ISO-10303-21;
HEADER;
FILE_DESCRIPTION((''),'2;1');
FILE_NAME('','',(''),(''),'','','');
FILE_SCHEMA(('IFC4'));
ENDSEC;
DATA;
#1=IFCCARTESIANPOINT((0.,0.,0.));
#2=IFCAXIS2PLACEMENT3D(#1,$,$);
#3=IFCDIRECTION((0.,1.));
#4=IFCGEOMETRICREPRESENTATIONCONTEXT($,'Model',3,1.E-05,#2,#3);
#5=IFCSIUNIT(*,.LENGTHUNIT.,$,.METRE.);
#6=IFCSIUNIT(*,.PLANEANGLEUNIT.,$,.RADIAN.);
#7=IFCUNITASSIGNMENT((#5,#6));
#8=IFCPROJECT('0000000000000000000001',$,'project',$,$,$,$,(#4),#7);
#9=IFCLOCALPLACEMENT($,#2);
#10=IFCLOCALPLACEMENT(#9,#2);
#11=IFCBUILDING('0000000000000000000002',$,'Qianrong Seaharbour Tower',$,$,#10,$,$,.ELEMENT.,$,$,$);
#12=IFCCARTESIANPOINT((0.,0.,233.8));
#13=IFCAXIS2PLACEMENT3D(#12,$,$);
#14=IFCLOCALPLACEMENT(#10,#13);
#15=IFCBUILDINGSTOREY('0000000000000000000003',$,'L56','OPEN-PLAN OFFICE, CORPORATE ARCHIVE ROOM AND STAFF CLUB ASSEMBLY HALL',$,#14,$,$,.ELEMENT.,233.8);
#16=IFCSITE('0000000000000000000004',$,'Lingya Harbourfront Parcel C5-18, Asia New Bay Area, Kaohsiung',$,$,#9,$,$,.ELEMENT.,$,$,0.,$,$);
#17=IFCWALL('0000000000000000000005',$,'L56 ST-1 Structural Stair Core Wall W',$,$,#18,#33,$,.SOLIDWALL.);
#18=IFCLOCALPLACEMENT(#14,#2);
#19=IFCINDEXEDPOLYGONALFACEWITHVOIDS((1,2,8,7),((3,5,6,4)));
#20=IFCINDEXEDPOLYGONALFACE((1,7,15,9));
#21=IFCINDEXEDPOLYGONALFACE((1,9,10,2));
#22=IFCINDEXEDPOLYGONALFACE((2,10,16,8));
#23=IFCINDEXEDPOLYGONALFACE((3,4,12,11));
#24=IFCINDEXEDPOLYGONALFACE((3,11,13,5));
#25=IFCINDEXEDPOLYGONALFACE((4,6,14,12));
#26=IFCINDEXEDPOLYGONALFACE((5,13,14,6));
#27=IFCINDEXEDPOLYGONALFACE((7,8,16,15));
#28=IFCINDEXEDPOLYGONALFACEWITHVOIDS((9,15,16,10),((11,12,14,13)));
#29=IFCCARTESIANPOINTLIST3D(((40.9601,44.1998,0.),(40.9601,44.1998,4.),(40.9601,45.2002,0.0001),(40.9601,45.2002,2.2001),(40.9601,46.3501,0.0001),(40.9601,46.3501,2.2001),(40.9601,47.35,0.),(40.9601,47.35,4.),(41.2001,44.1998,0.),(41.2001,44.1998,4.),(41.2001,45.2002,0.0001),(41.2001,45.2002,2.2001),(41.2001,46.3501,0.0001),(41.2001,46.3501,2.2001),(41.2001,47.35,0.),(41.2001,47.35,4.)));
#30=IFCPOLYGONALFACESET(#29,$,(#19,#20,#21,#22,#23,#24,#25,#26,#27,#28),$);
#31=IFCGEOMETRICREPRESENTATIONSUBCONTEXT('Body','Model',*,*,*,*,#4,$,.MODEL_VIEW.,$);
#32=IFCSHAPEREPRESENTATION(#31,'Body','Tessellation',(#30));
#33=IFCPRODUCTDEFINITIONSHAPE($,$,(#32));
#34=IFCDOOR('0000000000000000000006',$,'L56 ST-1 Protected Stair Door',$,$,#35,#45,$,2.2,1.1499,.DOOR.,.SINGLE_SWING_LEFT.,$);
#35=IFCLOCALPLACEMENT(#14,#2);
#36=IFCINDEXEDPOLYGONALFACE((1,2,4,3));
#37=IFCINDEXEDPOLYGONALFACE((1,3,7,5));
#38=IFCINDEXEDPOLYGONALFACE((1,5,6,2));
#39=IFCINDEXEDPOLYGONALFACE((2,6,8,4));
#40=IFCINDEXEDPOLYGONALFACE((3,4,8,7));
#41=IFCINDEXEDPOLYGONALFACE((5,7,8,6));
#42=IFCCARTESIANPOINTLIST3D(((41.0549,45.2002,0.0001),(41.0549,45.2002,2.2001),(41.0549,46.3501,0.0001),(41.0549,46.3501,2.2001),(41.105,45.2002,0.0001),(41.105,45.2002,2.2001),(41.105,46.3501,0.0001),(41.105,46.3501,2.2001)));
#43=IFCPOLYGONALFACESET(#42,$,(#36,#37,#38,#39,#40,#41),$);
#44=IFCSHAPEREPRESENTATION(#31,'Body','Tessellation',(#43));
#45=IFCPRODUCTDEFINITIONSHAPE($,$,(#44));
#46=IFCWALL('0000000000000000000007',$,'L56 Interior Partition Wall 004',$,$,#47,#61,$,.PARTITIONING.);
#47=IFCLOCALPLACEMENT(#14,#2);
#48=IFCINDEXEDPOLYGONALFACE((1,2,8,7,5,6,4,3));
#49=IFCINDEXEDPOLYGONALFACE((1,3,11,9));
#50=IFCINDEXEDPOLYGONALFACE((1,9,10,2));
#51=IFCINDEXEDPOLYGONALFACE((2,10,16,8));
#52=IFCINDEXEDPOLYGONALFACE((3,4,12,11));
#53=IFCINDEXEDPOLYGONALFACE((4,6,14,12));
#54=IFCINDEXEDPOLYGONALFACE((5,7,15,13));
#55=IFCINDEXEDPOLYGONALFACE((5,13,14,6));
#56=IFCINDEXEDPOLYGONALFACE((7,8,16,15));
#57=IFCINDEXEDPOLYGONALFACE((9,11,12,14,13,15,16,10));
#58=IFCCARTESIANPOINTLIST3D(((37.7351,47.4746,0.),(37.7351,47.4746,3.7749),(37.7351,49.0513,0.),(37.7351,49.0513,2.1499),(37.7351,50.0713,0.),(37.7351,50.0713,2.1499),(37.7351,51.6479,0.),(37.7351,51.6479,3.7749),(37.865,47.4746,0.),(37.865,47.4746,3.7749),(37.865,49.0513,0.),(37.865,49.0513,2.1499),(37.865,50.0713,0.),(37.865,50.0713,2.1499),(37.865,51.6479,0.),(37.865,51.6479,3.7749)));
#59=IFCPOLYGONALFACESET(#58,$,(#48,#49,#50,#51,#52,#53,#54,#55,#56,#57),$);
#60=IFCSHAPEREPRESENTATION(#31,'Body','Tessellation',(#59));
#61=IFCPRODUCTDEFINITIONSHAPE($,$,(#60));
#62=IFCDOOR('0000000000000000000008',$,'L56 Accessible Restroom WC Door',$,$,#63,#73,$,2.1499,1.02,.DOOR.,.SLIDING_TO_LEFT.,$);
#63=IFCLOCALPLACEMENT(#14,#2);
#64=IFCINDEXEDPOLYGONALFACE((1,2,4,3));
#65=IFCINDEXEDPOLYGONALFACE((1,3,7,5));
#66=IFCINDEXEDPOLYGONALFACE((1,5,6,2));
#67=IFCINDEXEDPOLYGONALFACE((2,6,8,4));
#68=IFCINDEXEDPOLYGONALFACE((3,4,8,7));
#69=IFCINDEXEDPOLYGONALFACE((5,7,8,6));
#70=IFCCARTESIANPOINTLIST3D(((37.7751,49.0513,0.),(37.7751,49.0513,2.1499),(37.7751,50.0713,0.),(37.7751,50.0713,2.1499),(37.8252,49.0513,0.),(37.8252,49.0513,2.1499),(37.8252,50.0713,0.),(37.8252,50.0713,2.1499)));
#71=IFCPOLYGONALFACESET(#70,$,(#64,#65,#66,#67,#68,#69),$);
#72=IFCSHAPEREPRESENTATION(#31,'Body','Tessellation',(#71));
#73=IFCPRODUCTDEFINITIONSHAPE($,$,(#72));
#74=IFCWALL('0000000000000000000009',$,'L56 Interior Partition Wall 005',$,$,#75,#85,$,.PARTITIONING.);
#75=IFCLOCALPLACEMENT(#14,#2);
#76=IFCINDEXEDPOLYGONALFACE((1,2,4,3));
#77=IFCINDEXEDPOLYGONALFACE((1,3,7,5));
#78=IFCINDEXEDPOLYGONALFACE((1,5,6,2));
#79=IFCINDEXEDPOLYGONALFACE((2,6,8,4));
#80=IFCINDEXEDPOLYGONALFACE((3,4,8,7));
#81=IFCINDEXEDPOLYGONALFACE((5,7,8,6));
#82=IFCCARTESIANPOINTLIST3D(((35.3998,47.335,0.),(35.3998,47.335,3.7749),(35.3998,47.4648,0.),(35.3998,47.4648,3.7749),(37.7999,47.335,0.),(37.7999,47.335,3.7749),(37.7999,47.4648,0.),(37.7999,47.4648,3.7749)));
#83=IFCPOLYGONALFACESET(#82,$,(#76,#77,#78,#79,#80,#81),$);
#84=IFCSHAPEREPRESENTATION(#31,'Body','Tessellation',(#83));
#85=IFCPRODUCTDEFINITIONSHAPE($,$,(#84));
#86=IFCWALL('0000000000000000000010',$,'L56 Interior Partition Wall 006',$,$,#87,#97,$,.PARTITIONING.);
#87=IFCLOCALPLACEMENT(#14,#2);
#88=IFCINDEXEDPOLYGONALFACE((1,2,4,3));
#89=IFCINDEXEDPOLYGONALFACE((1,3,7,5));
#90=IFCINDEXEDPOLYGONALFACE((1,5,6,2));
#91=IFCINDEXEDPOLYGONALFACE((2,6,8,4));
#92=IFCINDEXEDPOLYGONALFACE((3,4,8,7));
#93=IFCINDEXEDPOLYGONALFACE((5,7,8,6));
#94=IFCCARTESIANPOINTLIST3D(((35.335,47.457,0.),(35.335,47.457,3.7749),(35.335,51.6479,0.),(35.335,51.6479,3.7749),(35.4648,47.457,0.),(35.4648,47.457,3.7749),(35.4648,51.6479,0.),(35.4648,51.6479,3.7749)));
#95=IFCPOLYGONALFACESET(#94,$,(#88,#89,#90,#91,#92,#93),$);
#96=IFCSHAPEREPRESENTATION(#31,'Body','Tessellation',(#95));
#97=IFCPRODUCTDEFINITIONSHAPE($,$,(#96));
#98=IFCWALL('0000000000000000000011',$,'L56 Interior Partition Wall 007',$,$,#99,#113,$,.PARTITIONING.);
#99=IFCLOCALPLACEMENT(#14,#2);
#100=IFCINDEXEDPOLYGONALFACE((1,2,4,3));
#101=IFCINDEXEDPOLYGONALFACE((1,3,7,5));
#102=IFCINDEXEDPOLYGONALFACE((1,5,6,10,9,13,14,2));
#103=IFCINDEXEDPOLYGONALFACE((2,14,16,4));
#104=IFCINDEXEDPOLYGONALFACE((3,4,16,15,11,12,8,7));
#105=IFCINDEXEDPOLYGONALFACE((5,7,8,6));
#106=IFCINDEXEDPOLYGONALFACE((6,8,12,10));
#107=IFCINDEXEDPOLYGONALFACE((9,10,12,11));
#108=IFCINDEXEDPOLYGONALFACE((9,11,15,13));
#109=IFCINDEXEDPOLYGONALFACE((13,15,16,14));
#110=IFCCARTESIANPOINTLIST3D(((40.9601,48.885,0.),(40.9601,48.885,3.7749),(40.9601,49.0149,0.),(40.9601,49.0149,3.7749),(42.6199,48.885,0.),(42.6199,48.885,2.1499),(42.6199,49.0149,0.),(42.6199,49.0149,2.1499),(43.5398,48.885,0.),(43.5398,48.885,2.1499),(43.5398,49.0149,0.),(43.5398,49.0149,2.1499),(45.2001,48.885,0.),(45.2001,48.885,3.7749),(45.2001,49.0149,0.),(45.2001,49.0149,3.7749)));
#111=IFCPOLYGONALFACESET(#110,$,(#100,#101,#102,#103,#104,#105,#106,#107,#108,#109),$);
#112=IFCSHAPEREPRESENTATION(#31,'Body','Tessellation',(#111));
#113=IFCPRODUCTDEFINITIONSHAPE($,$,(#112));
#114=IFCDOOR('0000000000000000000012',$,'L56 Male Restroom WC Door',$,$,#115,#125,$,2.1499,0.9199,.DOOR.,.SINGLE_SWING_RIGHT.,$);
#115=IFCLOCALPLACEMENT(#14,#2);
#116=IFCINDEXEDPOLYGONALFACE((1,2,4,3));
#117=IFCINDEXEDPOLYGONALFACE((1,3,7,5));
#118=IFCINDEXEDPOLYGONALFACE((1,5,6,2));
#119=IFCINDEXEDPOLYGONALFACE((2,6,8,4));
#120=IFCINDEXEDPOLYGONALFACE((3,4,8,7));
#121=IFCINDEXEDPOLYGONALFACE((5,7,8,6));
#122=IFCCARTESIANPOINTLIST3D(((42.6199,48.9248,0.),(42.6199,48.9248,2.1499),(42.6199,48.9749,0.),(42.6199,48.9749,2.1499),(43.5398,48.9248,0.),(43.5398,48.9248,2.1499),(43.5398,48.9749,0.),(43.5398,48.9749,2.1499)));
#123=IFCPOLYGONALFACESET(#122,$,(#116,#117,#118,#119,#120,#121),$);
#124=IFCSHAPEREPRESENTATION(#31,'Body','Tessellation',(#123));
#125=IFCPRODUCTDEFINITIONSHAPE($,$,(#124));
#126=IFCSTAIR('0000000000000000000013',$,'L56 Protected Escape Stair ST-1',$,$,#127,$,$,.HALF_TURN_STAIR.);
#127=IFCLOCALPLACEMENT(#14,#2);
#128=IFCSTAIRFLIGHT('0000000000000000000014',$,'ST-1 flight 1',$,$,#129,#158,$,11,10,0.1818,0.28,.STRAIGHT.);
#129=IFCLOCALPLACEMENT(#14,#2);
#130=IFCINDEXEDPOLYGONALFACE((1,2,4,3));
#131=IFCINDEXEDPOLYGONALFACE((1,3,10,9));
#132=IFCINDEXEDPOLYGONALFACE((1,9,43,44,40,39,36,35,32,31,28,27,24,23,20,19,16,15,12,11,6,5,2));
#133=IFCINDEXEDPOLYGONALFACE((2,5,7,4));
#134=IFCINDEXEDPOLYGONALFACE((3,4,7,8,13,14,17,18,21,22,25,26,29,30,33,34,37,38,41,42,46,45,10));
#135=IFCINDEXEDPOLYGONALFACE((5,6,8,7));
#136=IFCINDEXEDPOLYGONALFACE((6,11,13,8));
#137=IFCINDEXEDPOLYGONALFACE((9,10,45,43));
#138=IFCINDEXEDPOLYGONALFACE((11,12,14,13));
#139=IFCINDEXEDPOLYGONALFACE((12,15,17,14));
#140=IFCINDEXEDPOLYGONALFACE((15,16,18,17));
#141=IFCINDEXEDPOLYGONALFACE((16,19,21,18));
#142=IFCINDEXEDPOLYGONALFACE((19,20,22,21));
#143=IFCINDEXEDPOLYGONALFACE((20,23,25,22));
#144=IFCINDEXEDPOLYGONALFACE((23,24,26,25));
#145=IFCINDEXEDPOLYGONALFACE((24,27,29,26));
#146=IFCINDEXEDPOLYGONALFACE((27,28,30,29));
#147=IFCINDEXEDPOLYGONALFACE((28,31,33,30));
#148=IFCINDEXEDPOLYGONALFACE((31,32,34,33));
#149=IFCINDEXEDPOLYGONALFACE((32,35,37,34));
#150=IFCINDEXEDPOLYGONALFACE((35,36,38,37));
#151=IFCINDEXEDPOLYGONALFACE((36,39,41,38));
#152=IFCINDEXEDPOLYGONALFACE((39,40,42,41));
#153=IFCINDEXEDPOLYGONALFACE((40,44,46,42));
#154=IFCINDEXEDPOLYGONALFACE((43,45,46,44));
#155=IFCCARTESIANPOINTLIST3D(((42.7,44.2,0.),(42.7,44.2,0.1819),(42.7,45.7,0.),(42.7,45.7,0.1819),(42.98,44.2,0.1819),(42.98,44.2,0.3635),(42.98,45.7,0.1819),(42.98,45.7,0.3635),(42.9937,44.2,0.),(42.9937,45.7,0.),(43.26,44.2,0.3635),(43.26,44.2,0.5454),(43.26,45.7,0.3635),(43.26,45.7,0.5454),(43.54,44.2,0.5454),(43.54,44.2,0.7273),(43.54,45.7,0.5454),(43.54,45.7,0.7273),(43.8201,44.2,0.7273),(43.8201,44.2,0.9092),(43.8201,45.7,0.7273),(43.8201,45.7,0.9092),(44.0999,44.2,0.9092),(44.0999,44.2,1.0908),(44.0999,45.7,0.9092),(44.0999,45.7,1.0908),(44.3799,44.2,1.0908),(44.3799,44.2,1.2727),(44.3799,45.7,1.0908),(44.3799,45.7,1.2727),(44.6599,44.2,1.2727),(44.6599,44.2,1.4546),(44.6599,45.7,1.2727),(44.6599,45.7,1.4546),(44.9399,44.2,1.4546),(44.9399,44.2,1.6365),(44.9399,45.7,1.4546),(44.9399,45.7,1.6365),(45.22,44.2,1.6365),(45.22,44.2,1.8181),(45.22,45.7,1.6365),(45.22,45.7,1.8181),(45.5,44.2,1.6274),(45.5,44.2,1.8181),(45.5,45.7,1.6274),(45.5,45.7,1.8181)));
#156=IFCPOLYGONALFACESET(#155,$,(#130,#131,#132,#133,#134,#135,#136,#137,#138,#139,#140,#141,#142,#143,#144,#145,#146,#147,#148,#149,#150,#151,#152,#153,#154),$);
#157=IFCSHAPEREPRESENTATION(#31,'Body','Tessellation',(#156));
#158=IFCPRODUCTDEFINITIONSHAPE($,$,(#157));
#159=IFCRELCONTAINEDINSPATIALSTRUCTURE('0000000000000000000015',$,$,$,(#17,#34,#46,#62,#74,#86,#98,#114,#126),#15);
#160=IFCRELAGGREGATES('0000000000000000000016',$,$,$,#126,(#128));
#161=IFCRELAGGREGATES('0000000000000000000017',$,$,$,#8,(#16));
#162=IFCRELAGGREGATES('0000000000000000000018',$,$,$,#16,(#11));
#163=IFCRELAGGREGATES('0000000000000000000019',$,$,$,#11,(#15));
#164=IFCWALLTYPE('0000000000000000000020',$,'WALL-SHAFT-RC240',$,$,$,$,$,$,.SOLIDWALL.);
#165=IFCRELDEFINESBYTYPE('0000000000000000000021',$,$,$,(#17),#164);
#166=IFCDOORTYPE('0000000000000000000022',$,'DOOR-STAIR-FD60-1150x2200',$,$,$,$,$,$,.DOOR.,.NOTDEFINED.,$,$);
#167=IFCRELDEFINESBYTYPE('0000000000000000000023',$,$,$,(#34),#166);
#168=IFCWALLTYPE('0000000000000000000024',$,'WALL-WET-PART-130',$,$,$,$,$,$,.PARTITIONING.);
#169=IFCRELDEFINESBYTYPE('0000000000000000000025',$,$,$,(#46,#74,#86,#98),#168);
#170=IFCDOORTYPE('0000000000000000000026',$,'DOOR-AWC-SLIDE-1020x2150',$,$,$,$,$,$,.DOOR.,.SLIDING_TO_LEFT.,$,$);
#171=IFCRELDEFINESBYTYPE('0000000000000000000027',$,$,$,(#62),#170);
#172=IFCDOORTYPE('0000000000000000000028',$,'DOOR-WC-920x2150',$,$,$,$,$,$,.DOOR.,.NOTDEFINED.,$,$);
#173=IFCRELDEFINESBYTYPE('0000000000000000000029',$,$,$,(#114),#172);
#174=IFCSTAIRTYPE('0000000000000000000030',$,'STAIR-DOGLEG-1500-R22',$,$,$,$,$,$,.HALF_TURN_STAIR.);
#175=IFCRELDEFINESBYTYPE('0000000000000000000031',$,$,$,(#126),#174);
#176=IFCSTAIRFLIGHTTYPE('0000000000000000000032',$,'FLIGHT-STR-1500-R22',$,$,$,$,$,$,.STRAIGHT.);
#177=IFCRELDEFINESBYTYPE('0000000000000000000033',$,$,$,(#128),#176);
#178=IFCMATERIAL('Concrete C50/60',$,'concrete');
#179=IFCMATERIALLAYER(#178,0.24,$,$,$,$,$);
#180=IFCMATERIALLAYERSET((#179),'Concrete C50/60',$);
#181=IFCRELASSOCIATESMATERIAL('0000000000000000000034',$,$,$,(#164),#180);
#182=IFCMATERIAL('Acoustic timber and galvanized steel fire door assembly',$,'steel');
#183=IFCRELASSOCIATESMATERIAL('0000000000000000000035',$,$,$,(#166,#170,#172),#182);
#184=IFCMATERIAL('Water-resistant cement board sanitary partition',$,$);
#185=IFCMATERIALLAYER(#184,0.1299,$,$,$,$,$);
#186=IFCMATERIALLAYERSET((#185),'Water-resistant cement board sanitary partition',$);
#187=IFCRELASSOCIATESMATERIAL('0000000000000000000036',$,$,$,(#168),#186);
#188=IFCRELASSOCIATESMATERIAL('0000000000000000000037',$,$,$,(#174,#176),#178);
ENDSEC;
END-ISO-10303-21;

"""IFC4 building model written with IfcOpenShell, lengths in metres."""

from ifc_helpers import new_model, si_unit, direction, frame, frame_2d, origin, place, context, subcontext, project, spatial, polyline, rectangle, outline, extrude, material, layer, layer_set, type_object, element, fill, aggregate, save


model = new_model("IFC4")

# Units and contexts
model_context = context("Model", 3, precision=1e-05, world=origin(), true_north=direction((0.0, 1.0)))
body_context = subcontext(model_context, "Body", "Model", "MODEL_VIEW")
ifc_project = project(units=[si_unit("LENGTHUNIT", "METRE"), si_unit("PLANEANGLEUNIT", "RADIAN")], contexts=[model_context])

# Site, building, storey
site_placement = place(None, origin())
site = spatial("IfcSite", under=ifc_project, at=site_placement, Name="Lingya Harbourfront Parcel C5-18, Asia New Bay Area, Kaohsiung", CompositionType="ELEMENT", RefElevation=0.0)
building_placement = place(site_placement, origin())
building = spatial("IfcBuilding", under=site, at=building_placement, Name="Qianrong Seaharbour Tower", CompositionType="ELEMENT")
storey_placement = place(building_placement, frame((0.0, 0.0, 233.8)))
storey = spatial("IfcBuildingStorey", under=building, at=storey_placement, Name="L56", Description="OPEN-PLAN OFFICE, CORPORATE ARCHIVE ROOM AND STAFF CLUB ASSEMBLY HALL", CompositionType="ELEMENT", Elevation=233.8)

# Shared definitions
ifc_material_1 = material(Name="Acoustic timber and galvanized steel fire door assembly", Category="steel")

# Shared definitions
ifc_material_2 = material(Name="Concrete C50/60", Category="concrete")
ifc_layer_1 = layer(ifc_material_2, 0.24)
ifc_layer_set_1 = layer_set([ifc_layer_1], Name="Concrete C50/60")
wall_type_1 = type_object("IfcWallType", Name="WALL-SHAFT-RC240", PredefinedType="SOLIDWALL", material=ifc_layer_set_1)

# Walls, openings, doors
wall_1_placement = place(storey_placement, frame((41.0801, 47.3501, 0.0), z_axis=(0.0, 0.0, 1.0), x_axis=(0.0, -1.0, 0.0)))
wall_1 = element("IfcWall", 1, at=wall_1_placement, inside=storey, type_object=wall_type_1, Name="L56 ST-1 Structural Stair Core Wall W", PredefinedType="SOLIDWALL", context=body_context, shape_type="SweptSolid", body=[
    extrude(rectangle(XDim=3.1501, YDim=0.24, at=frame_2d((1.5752, 0.0))), origin(), (0.0, 0.0, 1.0), 4.0),
])
opening_1_placement = place(wall_1_placement, frame((1.0, 0.0, 0.0)))
opening_1 = element("IfcOpeningElement", 2, at=opening_1_placement, cuts=wall_1, PredefinedType="OPENING", context=body_context, shape_type="SweptSolid", body=[
    extrude(rectangle(XDim=1.1499, YDim=2.2, at=frame_2d((0.575, 1.1001))), frame((0.0, 0.1299, 0.0), z_axis=(0.0, -1.0, 0.0), x_axis=(1.0, 0.0, 0.0)), (0.0, 0.0, 1.0), 0.26),
])
door_type_1 = type_object("IfcDoorType", Name="DOOR-STAIR-FD60-1150x2200", OperationType="NOTDEFINED", PredefinedType="DOOR", material=ifc_material_1)
door_1_placement = place(opening_1_placement, origin())
door_1 = element("IfcDoor", 3, at=door_1_placement, inside=storey, type_object=door_type_1, Name="L56 ST-1 Protected Stair Door", OperationType="SINGLE_SWING_LEFT", OverallHeight=2.2, OverallWidth=1.1499, PredefinedType="DOOR", context=body_context, shape_type="SweptSolid", body=[
    extrude(rectangle(XDim=1.1499, YDim=2.2, at=frame_2d((0.575, 1.1001))), frame((0.0, 0.0249, 0.0), z_axis=(0.0, -1.0, 0.0), x_axis=(1.0, 0.0, 0.0)), (0.0, 0.0, 1.0), 0.05),
])
fill(opening_1, door_1)
ifc_material_3 = material(Name="Water-resistant cement board sanitary partition")
ifc_layer_2 = layer(ifc_material_3, 0.1299)
ifc_layer_set_2 = layer_set([ifc_layer_2], Name="Water-resistant cement board sanitary partition")
wall_type_2 = type_object("IfcWallType", Name="WALL-WET-PART-130", PredefinedType="PARTITIONING", material=ifc_layer_set_2)
wall_2_placement = place(storey_placement, frame((37.8, 47.4746, 0.0), z_axis=(0.0, 0.0, 1.0), x_axis=(0.0, 1.0, 0.0)))
wall_2 = element("IfcWall", 4, at=wall_2_placement, inside=storey, type_object=wall_type_2, Name="L56 Interior Partition Wall 004", PredefinedType="PARTITIONING", context=body_context, shape_type="SweptSolid", body=[
    extrude(rectangle(XDim=4.1733, YDim=0.1299, at=frame_2d((2.0867, 0.0))), origin(), (0.0, 0.0, 1.0), 3.7749),
])
opening_2_placement = place(wall_2_placement, frame((1.5767, 0.0, 0.0)))
opening_2 = element("IfcOpeningElement", 5, at=opening_2_placement, cuts=wall_2, PredefinedType="OPENING", context=body_context, shape_type="SweptSolid", body=[
    extrude(rectangle(XDim=1.02, YDim=2.1499, at=frame_2d((0.51, 1.075))), frame((0.0, 0.075, 0.0), z_axis=(0.0, -1.0, 0.0), x_axis=(1.0, 0.0, 0.0)), (0.0, 0.0, 1.0), 0.1499),
])
door_type_2 = type_object("IfcDoorType", Name="DOOR-AWC-SLIDE-1020x2150", OperationType="SLIDING_TO_LEFT", PredefinedType="DOOR", material=ifc_material_1)
door_2_placement = place(opening_2_placement, origin())
door_2 = element("IfcDoor", 6, at=door_2_placement, inside=storey, type_object=door_type_2, Name="L56 Accessible Restroom WC Door", OperationType="SLIDING_TO_LEFT", OverallHeight=2.1499, OverallWidth=1.02, PredefinedType="DOOR", context=body_context, shape_type="SweptSolid", body=[
    extrude(rectangle(XDim=1.02, YDim=2.1499, at=frame_2d((0.51, 1.075))), frame((0.0, 0.0249, 0.0), z_axis=(0.0, -1.0, 0.0), x_axis=(1.0, 0.0, 0.0)), (0.0, 0.0, 1.0), 0.05),
])
fill(opening_2, door_2)

# Walls
wall_3_placement = place(storey_placement, frame((37.8, 47.3999, 0.0), z_axis=(0.0, 0.0, 1.0), x_axis=(-1.0, 0.0, 0.0)))
element("IfcWall", 7, at=wall_3_placement, inside=storey, type_object=wall_type_2, Name="L56 Interior Partition Wall 005", PredefinedType="PARTITIONING", context=body_context, shape_type="SweptSolid", body=[
    extrude(rectangle(XDim=2.4001, YDim=0.1299, at=frame_2d((1.2002, 0.0))), origin(), (0.0, 0.0, 1.0), 3.7749),
])
wall_4_placement = place(storey_placement, frame((35.3999, 47.457, 0.0), z_axis=(0.0, 0.0, 1.0), x_axis=(0.0, 1.0, 0.0)))
element("IfcWall", 8, at=wall_4_placement, inside=storey, type_object=wall_type_2, Name="L56 Interior Partition Wall 006", PredefinedType="PARTITIONING", context=body_context, shape_type="SweptSolid", body=[
    extrude(rectangle(XDim=4.1909, YDim=0.1299, at=frame_2d((2.0955, 0.0))), origin(), (0.0, 0.0, 1.0), 3.7749),
])

# Wall, opening, door
wall_5_placement = place(storey_placement, frame((40.96, 48.95, 0.0), z_axis=(0.0, 0.0, 1.0), x_axis=(1.0, 0.0, 0.0)))
wall_5 = element("IfcWall", 9, at=wall_5_placement, inside=storey, type_object=wall_type_2, Name="L56 Interior Partition Wall 007", PredefinedType="PARTITIONING", context=body_context, shape_type="SweptSolid", body=[
    extrude(rectangle(XDim=4.24, YDim=0.1299, at=frame_2d((2.1201, 0.0))), origin(), (0.0, 0.0, 1.0), 3.7749),
])
opening_3_placement = place(wall_5_placement, frame((1.6599, 0.0, 0.0)))
opening_3 = element("IfcOpeningElement", 10, at=opening_3_placement, cuts=wall_5, PredefinedType="OPENING", context=body_context, shape_type="SweptSolid", body=[
    extrude(rectangle(XDim=0.9199, YDim=2.1499, at=frame_2d((0.46, 1.075))), frame((0.0, 0.075, 0.0), z_axis=(0.0, -1.0, 0.0), x_axis=(1.0, 0.0, 0.0)), (0.0, 0.0, 1.0), 0.1499),
])
door_type_3 = type_object("IfcDoorType", Name="DOOR-WC-920x2150", OperationType="NOTDEFINED", PredefinedType="DOOR", material=ifc_material_1)
door_3_placement = place(opening_3_placement, origin())
door_3 = element("IfcDoor", 11, at=door_3_placement, inside=storey, type_object=door_type_3, Name="L56 Male Restroom WC Door", OperationType="SINGLE_SWING_RIGHT", OverallHeight=2.1499, OverallWidth=0.9199, PredefinedType="DOOR", context=body_context, shape_type="SweptSolid", body=[
    extrude(rectangle(XDim=0.9199, YDim=2.1499, at=frame_2d((0.46, 1.075))), frame((0.0, 0.0249, 0.0), z_axis=(0.0, -1.0, 0.0), x_axis=(1.0, 0.0, 0.0)), (0.0, 0.0, 1.0), 0.05),
])
fill(opening_3, door_3)

# Stair, stair flight
stair_type = type_object("IfcStairType", Name="STAIR-DOGLEG-1500-R22", PredefinedType="HALF_TURN_STAIR", material=ifc_material_2)
stair_placement = place(storey_placement, origin())
stair = element("IfcStair", 12, at=stair_placement, inside=storey, type_object=stair_type, Name="L56 Protected Escape Stair ST-1", PredefinedType="HALF_TURN_STAIR")
stair_flight_type = type_object("IfcStairFlightType", Name="FLIGHT-STR-1500-R22", PredefinedType="STRAIGHT", material=ifc_material_2)
stair_flight_placement = place(storey_placement, frame((42.7, 44.95, 0.0), z_axis=(0.0, 0.0, 1.0), x_axis=(1.0, 0.0, 0.0)))
stair_flight = element("IfcStairFlight", 13, at=stair_flight_placement, type_object=stair_flight_type, Name="ST-1 flight 1", NumberOfRisers=11, NumberOfTreads=10, PredefinedType="STRAIGHT", RiserHeight=0.1818, TreadLength=0.28, context=body_context, shape_type="SweptSolid", body=[
    extrude(outline(polyline([(0.0, 0.0), (0.0, 0.1819), (0.28, 0.1819), (0.28, 0.3635), (0.5601, 0.3635), (0.5601, 0.5454), (0.8401, 0.5454), (0.8401, 0.7273), (1.1201, 0.7273), (1.1201, 0.9092), (1.3999, 0.9092), (1.3999, 1.0908), (1.6799, 1.0908), (1.6799, 1.2727), (1.96, 1.2727), (1.96, 1.4546), (2.24, 1.4546), (2.24, 1.6365), (2.52, 1.6365), (2.52, 1.8181), (2.8, 1.8181), (2.8, 2.0), (2.8, 1.6274), (0.2937, 0.0), (0.0, 0.0)])), frame((0.0, 0.75, 0.0), z_axis=(0.0, -1.0, 0.0), x_axis=(1.0, 0.0, 0.0)), (0.0, 0.0, 1.0), 1.5),
])
aggregate(stair, [stair_flight])

save(model, "model.ifc")
